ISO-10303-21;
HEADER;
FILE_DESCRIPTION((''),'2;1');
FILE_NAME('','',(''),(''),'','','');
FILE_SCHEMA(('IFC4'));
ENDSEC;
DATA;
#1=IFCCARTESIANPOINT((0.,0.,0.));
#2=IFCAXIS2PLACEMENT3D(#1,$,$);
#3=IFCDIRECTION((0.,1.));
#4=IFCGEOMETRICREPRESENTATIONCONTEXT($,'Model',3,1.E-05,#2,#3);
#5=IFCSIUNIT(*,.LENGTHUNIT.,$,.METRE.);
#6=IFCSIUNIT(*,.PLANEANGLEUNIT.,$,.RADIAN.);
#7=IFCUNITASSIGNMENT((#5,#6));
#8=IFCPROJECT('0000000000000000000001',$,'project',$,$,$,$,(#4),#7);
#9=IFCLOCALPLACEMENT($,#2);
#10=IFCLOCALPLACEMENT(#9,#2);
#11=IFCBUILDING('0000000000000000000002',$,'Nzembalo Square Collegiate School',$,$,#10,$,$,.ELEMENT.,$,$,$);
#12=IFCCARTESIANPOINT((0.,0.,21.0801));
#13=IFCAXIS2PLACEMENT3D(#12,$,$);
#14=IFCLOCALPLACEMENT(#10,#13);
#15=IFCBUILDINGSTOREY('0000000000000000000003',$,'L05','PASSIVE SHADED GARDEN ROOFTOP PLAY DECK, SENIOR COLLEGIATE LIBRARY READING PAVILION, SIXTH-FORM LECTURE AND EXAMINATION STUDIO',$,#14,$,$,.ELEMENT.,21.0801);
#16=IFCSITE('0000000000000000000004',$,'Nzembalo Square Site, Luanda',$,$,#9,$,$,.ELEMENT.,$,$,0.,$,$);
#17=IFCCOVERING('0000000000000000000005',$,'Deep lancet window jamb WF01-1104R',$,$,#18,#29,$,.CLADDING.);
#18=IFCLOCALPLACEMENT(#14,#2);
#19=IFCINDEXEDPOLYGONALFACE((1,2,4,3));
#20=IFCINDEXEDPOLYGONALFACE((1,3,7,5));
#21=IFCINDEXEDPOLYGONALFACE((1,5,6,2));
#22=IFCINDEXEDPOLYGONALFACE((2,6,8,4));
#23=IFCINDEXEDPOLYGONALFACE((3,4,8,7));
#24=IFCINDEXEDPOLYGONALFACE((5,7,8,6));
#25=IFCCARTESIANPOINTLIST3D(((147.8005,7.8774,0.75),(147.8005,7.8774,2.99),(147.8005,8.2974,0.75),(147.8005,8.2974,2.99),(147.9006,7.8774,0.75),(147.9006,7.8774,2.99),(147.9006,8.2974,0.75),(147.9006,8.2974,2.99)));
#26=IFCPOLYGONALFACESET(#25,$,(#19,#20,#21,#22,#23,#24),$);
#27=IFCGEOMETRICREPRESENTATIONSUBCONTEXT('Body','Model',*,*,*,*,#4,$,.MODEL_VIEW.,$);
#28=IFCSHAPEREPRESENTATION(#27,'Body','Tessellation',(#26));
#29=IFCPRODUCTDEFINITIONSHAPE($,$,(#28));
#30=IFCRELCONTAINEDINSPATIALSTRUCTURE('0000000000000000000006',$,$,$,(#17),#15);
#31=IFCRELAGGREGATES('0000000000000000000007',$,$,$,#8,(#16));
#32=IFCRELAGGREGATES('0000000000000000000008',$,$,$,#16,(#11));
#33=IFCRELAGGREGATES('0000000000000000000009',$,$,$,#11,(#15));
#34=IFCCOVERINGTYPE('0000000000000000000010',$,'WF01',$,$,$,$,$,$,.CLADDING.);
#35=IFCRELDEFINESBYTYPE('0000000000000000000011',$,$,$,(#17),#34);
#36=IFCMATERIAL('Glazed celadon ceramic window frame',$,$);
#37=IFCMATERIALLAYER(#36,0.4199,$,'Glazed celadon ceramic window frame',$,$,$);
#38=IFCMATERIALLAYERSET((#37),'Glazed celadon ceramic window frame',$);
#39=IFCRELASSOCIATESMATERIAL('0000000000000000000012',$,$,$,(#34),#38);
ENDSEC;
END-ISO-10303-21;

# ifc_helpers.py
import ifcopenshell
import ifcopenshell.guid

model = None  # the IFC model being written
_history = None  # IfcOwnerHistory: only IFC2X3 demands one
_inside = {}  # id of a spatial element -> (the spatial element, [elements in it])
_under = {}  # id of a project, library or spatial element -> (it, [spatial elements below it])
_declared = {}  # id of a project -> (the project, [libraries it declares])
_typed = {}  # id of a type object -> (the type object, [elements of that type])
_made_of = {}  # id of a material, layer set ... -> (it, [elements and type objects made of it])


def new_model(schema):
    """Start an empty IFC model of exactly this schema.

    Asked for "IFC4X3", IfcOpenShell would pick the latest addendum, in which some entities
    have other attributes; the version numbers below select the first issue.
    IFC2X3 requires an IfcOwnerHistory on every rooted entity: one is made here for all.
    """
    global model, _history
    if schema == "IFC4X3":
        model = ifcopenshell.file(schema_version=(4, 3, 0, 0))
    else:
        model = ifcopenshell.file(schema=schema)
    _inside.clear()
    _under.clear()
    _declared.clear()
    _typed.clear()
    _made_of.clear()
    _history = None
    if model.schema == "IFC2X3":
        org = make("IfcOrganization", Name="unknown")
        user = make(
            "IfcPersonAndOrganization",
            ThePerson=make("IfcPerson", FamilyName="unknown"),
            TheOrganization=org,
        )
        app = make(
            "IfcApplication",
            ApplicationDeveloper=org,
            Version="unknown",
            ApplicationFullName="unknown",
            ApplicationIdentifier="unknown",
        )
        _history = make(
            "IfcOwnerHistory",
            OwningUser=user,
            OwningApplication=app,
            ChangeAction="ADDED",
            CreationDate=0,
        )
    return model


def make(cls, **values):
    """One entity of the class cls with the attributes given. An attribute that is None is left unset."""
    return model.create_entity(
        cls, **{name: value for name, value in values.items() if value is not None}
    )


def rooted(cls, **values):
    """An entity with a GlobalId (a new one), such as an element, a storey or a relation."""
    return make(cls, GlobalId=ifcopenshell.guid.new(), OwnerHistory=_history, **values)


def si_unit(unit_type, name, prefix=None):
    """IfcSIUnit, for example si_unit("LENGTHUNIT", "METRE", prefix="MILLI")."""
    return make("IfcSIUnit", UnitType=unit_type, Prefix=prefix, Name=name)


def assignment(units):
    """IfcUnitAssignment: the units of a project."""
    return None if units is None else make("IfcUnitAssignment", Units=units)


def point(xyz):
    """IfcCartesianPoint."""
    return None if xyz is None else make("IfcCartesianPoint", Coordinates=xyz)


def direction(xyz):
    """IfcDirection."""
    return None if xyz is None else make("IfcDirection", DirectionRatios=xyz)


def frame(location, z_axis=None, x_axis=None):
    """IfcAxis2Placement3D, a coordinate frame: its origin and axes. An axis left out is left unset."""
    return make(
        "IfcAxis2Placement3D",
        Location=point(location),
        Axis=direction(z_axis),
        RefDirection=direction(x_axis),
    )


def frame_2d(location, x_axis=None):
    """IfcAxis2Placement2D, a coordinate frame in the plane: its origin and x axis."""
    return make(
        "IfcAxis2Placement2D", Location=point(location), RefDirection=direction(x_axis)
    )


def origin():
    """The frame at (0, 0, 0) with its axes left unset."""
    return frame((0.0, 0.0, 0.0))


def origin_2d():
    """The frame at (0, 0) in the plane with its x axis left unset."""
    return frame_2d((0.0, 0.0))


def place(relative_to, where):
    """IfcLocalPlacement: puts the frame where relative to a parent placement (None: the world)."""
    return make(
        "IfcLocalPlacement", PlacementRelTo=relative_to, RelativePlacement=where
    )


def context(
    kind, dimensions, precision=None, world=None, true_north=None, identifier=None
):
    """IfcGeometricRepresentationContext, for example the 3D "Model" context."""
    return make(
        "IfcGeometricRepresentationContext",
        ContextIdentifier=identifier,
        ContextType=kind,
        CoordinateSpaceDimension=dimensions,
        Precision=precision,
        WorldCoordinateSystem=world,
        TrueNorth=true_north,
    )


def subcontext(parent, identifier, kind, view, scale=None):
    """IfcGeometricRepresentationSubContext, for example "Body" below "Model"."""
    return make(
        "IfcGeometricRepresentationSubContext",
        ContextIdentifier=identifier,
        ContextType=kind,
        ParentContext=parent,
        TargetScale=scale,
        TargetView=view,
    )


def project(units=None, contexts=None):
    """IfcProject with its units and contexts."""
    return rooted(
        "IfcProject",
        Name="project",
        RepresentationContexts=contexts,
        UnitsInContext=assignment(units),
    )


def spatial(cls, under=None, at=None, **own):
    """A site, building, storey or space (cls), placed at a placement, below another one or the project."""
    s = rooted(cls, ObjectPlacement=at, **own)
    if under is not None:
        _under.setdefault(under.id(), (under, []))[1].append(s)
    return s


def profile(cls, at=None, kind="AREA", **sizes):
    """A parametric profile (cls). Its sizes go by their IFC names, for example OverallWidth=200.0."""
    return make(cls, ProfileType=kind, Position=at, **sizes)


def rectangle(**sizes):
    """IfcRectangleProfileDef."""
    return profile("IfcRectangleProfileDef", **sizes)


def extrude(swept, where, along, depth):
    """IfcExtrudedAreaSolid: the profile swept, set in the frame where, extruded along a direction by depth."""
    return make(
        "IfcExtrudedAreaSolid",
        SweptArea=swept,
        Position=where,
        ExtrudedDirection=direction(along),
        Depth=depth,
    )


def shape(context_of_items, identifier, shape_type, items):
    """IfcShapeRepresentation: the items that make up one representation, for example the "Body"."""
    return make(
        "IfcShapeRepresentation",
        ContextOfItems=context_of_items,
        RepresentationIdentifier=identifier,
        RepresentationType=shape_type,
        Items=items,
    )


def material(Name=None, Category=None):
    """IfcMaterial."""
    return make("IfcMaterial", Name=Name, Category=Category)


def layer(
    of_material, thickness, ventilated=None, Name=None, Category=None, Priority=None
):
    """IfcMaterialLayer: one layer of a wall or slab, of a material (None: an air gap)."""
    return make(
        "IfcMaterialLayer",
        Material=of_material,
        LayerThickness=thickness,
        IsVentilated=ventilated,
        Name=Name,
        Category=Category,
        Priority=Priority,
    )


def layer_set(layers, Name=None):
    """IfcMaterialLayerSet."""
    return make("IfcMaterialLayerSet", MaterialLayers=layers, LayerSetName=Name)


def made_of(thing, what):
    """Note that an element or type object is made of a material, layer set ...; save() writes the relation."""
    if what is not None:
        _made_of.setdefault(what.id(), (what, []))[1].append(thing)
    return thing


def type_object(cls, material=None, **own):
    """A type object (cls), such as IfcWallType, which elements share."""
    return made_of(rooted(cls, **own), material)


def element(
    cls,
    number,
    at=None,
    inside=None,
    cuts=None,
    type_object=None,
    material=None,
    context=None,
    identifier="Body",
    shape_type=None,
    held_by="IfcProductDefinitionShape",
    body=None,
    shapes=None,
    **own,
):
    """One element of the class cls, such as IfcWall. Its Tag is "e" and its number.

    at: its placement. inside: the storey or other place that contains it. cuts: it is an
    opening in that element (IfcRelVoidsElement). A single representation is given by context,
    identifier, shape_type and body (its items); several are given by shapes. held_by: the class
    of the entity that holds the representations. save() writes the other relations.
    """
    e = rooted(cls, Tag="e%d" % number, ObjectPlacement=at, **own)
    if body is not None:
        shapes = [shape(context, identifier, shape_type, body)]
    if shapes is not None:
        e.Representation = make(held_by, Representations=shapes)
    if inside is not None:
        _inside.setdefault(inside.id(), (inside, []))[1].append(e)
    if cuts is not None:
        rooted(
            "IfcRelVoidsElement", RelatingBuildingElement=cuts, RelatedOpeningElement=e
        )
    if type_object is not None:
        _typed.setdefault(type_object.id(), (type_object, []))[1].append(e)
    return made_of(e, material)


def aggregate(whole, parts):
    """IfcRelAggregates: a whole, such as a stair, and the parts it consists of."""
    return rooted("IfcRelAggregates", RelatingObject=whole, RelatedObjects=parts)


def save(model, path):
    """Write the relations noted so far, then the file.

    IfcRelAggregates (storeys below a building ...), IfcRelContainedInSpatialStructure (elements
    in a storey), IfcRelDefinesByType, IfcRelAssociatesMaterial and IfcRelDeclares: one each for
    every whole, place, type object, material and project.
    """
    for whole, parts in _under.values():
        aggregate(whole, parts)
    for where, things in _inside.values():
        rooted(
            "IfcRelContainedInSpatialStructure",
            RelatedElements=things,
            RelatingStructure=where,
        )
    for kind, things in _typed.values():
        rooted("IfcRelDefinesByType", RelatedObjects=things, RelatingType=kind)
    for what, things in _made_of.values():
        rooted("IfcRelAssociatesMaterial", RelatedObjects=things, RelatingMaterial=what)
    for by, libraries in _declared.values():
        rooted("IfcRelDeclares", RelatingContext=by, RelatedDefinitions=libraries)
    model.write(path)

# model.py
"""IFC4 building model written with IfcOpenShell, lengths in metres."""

from ifc_helpers import new_model, si_unit, direction, frame, origin, origin_2d, place, context, subcontext, project, spatial, rectangle, extrude, material, layer, layer_set, type_object, element, save


model = new_model("IFC4")

# Units and contexts
model_context = context("Model", 3, precision=1e-05, world=origin(), true_north=direction((0.0, 1.0)))
body_context = subcontext(model_context, "Body", "Model", "MODEL_VIEW")
ifc_project = project(units=[si_unit("LENGTHUNIT", "METRE"), si_unit("PLANEANGLEUNIT", "RADIAN")], contexts=[model_context])

# Site, building, storey
site_placement = place(None, origin())
site = spatial("IfcSite", under=ifc_project, at=site_placement, Name="Nzembalo Square Site, Luanda", CompositionType="ELEMENT", RefElevation=0.0)
building_placement = place(site_placement, origin())
building = spatial("IfcBuilding", under=site, at=building_placement, Name="Nzembalo Square Collegiate School", CompositionType="ELEMENT")
storey_placement = place(building_placement, frame((0.0, 0.0, 21.0801)))
storey = spatial("IfcBuildingStorey", under=building, at=storey_placement, Name="L05", Description="PASSIVE SHADED GARDEN ROOFTOP PLAY DECK, SENIOR COLLEGIATE LIBRARY READING PAVILION, SIXTH-FORM LECTURE AND EXAMINATION STUDIO", CompositionType="ELEMENT", Elevation=21.0801)

# Covering
ifc_material_1 = material(Name="Glazed celadon ceramic window frame")
ifc_layer_1 = layer(ifc_material_1, 0.4199, Name="Glazed celadon ceramic window frame")
ifc_layer_set_1 = layer_set([ifc_layer_1], Name="Glazed celadon ceramic window frame")
covering_type_1 = type_object("IfcCoveringType", Name="WF01", PredefinedType="CLADDING", material=ifc_layer_set_1)
for number, where, z_axis, x_axis, name in (
    (1, (147.8506, 8.0874, 0.75), (0.0, 0.0, 1.0), (1.0, 0.0, 0.0), "Deep lancet window jamb WF01-1104R"),
):
    element("IfcCovering", number, at=place(storey_placement, frame(where, z_axis=z_axis, x_axis=x_axis)), inside=storey, type_object=covering_type_1, Name=name, PredefinedType="CLADDING", context=body_context, shape_type="SweptSolid", body=[
        extrude(rectangle(XDim=0.1001, YDim=0.4199, at=origin_2d()), origin(), (0.0, 0.0, 1.0), 2.24),
    ])

save(model, "model.ifc")
